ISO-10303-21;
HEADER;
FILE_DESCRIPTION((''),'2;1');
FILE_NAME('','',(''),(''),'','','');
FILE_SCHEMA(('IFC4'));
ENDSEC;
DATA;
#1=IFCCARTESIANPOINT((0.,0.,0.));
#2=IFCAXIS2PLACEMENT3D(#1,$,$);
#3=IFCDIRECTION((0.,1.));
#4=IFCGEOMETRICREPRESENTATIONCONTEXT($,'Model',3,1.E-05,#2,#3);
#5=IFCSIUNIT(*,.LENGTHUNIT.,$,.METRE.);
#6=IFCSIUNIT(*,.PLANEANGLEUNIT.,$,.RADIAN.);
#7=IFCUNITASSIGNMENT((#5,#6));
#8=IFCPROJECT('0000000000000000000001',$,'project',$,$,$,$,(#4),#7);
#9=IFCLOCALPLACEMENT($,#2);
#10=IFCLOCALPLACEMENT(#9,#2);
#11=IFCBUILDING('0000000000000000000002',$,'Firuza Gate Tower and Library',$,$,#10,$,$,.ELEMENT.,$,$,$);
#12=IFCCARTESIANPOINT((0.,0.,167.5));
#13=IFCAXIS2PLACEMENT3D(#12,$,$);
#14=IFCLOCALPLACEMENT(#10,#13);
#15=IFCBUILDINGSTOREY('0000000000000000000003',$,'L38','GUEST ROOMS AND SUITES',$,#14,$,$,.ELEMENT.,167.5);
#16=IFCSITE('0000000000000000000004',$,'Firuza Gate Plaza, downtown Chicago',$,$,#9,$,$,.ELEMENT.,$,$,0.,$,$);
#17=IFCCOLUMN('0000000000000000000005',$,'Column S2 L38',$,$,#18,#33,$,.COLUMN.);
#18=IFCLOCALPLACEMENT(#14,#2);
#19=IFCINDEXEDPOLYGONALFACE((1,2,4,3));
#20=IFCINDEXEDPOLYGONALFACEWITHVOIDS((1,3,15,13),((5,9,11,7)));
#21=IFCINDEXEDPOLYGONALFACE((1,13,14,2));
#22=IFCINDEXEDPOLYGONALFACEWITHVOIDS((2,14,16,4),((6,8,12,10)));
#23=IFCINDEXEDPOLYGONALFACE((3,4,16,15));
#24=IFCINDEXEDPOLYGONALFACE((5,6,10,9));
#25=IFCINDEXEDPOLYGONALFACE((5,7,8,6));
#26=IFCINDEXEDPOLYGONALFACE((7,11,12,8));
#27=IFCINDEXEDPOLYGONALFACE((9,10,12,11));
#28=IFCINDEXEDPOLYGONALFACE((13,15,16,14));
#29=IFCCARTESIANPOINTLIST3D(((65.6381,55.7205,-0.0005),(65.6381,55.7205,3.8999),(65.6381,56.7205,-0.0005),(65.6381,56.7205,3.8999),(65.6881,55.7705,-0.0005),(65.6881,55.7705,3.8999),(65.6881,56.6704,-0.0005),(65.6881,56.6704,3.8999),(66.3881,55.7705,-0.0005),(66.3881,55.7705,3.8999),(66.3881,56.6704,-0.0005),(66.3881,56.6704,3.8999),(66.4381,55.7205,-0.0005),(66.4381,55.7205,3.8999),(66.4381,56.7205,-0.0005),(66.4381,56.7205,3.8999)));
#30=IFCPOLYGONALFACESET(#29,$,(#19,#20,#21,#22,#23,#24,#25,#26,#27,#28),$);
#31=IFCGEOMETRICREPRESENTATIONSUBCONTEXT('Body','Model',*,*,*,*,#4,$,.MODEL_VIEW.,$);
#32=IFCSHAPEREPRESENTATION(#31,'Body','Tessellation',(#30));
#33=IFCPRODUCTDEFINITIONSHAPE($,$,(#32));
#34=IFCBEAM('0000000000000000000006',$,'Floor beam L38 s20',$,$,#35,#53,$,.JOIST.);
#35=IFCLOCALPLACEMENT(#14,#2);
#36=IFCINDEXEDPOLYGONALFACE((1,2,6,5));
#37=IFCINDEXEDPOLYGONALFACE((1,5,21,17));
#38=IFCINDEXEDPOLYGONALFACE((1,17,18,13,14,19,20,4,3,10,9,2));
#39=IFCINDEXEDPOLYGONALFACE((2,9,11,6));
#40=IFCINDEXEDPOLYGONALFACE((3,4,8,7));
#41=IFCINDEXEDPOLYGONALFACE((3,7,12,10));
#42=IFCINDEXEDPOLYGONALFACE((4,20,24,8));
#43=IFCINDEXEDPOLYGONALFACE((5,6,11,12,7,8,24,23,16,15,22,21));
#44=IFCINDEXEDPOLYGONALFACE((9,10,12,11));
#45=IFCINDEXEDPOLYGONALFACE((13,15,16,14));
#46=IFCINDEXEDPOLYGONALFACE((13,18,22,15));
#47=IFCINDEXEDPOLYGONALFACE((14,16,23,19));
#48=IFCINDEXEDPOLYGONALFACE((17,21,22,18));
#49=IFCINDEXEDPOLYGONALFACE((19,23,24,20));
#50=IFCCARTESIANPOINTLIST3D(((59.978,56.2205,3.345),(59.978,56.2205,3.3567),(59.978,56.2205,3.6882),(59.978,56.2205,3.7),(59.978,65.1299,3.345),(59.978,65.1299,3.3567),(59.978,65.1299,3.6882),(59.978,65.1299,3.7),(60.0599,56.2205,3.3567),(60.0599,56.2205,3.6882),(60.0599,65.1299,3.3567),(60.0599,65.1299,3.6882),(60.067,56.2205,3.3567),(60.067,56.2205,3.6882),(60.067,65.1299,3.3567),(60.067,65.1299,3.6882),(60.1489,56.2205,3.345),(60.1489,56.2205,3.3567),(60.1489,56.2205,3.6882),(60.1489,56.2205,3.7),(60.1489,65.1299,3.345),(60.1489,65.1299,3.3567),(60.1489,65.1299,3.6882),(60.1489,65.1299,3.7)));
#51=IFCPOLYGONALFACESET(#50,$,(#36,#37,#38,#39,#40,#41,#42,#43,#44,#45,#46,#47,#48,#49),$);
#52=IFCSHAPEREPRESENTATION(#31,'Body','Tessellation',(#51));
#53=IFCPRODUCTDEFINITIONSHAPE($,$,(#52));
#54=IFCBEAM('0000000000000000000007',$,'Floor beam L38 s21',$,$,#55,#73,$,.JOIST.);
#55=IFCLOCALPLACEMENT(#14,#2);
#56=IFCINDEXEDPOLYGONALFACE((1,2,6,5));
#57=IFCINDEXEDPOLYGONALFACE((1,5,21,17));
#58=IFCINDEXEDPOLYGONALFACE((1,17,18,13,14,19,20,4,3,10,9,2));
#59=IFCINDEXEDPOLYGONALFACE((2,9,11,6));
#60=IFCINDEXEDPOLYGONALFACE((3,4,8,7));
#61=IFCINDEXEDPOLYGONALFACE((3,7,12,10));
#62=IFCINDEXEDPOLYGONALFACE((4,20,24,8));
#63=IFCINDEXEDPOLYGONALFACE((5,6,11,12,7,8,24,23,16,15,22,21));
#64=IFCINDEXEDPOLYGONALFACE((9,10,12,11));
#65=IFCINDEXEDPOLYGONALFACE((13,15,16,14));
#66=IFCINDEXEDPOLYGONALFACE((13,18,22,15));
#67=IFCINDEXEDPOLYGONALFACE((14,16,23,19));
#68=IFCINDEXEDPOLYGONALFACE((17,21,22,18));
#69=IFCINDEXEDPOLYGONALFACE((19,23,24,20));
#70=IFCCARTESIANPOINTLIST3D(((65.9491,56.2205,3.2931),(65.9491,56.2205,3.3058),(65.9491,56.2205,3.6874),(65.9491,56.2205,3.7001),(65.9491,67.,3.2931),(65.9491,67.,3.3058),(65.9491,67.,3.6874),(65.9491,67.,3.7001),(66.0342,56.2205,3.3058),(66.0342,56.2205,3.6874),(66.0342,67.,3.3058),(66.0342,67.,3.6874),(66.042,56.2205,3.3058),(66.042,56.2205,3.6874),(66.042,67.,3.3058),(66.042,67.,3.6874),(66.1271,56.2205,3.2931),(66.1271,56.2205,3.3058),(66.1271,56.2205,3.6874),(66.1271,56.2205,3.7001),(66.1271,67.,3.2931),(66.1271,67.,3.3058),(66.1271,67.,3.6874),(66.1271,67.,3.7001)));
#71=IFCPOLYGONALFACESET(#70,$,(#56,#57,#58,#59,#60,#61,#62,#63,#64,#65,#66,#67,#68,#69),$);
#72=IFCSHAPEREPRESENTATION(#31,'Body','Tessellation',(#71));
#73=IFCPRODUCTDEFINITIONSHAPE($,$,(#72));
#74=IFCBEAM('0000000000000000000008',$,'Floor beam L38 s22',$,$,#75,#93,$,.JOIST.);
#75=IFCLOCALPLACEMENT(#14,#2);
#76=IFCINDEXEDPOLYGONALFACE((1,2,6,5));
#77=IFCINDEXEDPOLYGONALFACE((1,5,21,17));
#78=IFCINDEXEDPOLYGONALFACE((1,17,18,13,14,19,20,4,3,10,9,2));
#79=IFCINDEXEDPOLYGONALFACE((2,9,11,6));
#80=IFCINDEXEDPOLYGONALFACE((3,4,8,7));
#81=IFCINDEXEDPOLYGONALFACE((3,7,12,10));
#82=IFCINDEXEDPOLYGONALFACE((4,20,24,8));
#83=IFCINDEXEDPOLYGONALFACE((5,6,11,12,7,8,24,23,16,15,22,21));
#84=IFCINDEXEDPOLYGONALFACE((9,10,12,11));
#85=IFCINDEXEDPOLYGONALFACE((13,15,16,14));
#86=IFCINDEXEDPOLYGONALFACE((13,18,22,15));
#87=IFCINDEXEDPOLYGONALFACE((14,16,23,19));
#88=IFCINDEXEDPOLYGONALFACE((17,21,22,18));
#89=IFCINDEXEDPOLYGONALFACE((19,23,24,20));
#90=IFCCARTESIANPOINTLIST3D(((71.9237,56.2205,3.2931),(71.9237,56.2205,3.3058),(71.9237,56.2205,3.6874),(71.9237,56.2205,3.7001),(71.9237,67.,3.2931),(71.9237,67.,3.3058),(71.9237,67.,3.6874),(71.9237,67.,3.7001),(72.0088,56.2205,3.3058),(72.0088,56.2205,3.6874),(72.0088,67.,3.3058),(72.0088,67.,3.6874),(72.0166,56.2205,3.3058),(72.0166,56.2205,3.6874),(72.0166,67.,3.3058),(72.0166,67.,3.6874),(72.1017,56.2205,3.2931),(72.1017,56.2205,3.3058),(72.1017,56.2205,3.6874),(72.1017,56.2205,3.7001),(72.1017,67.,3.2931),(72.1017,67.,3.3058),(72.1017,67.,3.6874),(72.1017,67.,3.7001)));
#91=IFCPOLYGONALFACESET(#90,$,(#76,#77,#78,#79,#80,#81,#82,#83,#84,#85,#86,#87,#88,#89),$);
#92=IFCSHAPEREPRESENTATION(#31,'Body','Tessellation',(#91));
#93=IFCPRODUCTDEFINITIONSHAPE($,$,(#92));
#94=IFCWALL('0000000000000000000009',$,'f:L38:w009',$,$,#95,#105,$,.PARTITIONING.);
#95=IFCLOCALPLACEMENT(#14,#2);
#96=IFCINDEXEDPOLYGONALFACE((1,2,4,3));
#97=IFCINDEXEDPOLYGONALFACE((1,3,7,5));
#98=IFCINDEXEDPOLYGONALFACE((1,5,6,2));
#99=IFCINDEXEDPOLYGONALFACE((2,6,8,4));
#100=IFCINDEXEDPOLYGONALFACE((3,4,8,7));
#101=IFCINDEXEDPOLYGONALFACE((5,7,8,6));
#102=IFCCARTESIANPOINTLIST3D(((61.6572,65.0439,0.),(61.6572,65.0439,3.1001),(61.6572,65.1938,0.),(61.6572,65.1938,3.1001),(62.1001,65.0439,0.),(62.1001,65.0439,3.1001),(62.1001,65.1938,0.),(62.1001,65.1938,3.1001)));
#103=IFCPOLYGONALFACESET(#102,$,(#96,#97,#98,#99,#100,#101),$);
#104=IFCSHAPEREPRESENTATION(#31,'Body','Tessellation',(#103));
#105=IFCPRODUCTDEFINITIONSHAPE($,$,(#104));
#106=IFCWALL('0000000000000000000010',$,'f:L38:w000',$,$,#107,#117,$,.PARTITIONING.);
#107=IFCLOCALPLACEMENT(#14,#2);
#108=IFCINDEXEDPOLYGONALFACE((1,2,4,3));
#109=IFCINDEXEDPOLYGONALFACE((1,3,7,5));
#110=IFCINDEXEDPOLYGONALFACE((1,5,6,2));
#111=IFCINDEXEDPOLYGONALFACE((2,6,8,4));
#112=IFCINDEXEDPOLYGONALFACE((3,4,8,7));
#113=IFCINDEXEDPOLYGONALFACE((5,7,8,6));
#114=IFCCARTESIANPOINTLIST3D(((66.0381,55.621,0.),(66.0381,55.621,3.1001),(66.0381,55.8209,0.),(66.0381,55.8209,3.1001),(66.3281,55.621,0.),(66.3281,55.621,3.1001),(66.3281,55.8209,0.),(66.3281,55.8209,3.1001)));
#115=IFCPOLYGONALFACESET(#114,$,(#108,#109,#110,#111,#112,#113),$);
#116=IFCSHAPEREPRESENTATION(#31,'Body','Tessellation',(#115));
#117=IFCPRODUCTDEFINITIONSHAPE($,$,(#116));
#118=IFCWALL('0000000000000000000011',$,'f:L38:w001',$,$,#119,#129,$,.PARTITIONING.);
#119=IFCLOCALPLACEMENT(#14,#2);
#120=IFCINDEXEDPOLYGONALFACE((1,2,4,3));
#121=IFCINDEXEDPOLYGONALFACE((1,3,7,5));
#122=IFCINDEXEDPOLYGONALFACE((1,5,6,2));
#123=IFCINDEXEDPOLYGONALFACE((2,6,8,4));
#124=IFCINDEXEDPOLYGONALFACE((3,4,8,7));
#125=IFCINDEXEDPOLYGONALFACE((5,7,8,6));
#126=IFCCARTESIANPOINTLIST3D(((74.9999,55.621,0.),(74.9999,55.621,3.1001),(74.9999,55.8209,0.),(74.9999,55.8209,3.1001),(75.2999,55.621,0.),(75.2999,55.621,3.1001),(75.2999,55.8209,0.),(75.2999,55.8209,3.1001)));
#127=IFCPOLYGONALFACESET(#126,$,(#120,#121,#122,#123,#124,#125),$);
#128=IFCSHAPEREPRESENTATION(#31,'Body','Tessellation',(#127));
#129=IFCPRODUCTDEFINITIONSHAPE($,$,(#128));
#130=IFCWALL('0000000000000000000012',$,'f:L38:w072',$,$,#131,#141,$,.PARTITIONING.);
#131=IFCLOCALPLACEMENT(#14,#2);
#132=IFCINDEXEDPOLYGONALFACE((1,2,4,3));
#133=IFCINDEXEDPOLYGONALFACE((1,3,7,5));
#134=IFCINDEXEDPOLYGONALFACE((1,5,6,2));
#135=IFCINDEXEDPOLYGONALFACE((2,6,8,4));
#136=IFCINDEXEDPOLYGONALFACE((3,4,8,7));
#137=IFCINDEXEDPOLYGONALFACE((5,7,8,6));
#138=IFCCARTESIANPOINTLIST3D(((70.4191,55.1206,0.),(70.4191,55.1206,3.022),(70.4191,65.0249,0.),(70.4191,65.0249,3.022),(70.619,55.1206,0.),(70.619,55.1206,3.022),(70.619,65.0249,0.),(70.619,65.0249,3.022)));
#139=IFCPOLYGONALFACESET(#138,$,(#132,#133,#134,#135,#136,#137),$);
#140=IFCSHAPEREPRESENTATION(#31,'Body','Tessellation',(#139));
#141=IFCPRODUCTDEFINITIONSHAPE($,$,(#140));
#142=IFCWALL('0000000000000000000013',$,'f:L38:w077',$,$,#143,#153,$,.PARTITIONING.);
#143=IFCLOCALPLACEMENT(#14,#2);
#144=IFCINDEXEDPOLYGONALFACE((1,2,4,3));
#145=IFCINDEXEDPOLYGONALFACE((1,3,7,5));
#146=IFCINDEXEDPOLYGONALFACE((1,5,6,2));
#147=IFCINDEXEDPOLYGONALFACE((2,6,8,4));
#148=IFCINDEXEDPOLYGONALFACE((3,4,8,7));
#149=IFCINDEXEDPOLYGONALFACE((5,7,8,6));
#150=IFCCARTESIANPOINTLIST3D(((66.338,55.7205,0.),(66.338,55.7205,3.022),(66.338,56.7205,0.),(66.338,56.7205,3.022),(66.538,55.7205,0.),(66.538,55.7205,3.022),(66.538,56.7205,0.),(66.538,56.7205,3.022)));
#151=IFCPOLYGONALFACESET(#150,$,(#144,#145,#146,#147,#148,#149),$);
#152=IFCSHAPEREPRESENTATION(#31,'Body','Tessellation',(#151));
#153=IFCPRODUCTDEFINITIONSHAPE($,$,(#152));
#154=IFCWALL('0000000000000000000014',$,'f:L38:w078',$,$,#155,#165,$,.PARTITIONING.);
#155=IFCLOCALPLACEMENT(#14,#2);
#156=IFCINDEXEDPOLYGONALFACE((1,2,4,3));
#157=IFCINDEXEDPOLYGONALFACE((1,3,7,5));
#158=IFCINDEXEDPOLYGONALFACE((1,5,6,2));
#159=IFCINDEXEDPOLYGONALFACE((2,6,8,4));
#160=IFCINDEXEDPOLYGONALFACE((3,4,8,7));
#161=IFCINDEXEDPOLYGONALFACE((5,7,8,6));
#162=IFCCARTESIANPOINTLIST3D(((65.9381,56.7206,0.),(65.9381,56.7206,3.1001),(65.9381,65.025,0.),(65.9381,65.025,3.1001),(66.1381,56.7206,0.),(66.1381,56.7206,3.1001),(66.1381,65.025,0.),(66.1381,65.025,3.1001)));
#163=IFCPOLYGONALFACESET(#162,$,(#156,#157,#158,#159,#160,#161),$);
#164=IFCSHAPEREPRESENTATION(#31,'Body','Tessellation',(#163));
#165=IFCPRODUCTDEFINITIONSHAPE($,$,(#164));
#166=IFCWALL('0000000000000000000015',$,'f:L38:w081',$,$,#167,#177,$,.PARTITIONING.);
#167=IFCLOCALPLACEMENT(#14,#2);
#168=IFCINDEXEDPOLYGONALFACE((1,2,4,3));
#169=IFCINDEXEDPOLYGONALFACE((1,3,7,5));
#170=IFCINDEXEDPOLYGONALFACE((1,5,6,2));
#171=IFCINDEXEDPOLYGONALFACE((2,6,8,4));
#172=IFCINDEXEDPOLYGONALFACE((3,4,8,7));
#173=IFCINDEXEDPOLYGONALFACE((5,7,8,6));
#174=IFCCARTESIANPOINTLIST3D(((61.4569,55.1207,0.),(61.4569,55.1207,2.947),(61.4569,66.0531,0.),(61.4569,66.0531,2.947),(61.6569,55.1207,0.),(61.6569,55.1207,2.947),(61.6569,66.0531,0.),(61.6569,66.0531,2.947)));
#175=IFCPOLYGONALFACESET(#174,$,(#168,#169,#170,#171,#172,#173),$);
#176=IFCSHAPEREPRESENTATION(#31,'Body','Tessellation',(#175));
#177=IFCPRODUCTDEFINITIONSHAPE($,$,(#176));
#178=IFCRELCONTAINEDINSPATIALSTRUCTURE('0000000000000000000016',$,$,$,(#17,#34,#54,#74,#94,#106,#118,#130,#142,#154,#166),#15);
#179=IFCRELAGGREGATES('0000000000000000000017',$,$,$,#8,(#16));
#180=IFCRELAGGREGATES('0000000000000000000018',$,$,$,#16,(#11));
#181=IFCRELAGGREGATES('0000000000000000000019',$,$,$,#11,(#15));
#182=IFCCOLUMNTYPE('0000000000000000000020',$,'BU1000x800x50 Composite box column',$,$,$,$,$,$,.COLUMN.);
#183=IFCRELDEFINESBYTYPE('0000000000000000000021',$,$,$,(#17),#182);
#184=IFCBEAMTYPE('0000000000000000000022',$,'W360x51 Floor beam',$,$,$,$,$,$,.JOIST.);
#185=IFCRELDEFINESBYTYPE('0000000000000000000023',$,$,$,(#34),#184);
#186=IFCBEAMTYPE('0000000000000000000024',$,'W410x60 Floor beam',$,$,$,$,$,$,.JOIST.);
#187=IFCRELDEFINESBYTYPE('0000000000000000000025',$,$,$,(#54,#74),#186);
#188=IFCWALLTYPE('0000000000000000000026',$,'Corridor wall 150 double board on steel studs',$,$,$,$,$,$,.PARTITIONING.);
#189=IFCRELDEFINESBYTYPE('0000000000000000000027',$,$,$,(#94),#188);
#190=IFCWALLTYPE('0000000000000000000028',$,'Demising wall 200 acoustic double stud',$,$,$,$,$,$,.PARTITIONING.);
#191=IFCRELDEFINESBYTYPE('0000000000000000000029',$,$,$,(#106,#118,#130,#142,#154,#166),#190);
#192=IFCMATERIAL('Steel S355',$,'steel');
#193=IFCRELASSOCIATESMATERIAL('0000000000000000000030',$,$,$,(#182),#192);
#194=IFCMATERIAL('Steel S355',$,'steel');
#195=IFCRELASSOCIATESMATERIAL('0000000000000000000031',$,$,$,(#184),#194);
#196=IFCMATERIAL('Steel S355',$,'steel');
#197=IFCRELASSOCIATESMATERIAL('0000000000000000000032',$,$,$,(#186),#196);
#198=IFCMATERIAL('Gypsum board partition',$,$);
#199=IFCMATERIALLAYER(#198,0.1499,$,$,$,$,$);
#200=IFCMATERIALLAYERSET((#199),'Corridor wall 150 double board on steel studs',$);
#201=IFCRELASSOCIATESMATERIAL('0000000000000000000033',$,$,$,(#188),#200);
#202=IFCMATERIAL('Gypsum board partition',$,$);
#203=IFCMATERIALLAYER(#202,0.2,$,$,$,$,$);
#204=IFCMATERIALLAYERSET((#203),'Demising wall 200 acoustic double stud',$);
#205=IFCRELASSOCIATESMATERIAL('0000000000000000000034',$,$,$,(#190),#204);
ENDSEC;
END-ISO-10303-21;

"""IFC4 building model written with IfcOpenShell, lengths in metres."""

from ifc_helpers import new_model, si_unit, direction, frame, frame_2d, origin, origin_2d, place, context, subcontext, project, spatial, rectangle, hollow_rectangle, i_section, extrude, material, layer, layer_set, material_profile, profile_set, type_object, element, save


model = new_model("IFC4")

# Units and contexts
model_context = context("Model", 3, precision=1e-05, world=origin(), true_north=direction((0.0, 1.0)))
body_context = subcontext(model_context, "Body", "Model", "MODEL_VIEW")
ifc_project = project(units=[si_unit("LENGTHUNIT", "METRE"), si_unit("PLANEANGLEUNIT", "RADIAN")], contexts=[model_context])

# Site, building, storey
site_placement = place(None, origin())
site = spatial("IfcSite", under=ifc_project, at=site_placement, Name="Firuza Gate Plaza, downtown Chicago", CompositionType="ELEMENT", RefElevation=0.0)
building_placement = place(site_placement, origin())
building = spatial("IfcBuilding", under=site, at=building_placement, Name="Firuza Gate Tower and Library", CompositionType="ELEMENT")
storey_placement = place(building_placement, frame((0.0, 0.0, 167.5)))
storey = spatial("IfcBuildingStorey", under=building, at=storey_placement, Name="L38", Description="GUEST ROOMS AND SUITES", CompositionType="ELEMENT", Elevation=167.5)

# Column
ifc_material_1 = material(Name="Steel S355", Category="steel")
ifc_material_profile_1 = material_profile(ifc_material_1, hollow_rectangle(XDim=0.8, YDim=1.0, WallThickness=0.05, at=origin_2d()))
ifc_profile_set_1 = profile_set([ifc_material_profile_1], Name="Steel S355")
column_type = type_object("IfcColumnType", Name="BU1000x800x50 Composite box column", PredefinedType="COLUMN", material=ifc_profile_set_1)
column_placement = place(storey_placement, frame((66.0381, 56.2205, -0.0005), z_axis=(0.0, 0.0, 1.0), x_axis=(1.0, 0.0, 0.0)))
element("IfcColumn", 1, at=column_placement, inside=storey, type_object=column_type, Name="Column S2 L38", PredefinedType="COLUMN", context=body_context, shape_type="SweptSolid", body=[
    extrude(hollow_rectangle(XDim=0.8, YDim=1.0, WallThickness=0.05, at=origin_2d()), origin(), (0.0, 0.0, 1.0), 3.9004),
])

# Beams
ifc_material_2 = material(Name="Steel S355", Category="steel")
ifc_material_profile_2 = material_profile(ifc_material_2, i_section(OverallWidth=0.1709, OverallDepth=0.355, WebThickness=0.0071, FlangeThickness=0.0117, at=origin_2d()))
ifc_profile_set_2 = profile_set([ifc_material_profile_2], Name="Steel S355")
beam_type_1 = type_object("IfcBeamType", Name="W360x51 Floor beam", PredefinedType="JOIST", material=ifc_profile_set_2)
beam_placement = place(storey_placement, frame((60.0635, 56.2205, 3.5225), z_axis=(0.0, 1.0, 0.0), x_axis=(-1.0, 0.0, 0.0)))
element("IfcBeam", 2, at=beam_placement, inside=storey, type_object=beam_type_1, Name="Floor beam L38 s20", PredefinedType="JOIST", context=body_context, shape_type="SweptSolid", body=[
    extrude(i_section(OverallWidth=0.1709, OverallDepth=0.355, WebThickness=0.0071, FlangeThickness=0.0117, at=origin_2d()), origin(), (0.0, 0.0, 1.0), 8.9094),
])
ifc_material_3 = material(Name="Steel S355", Category="steel")
ifc_material_profile_3 = material_profile(ifc_material_3, i_section(OverallWidth=0.178, OverallDepth=0.407, WebThickness=0.0078, FlangeThickness=0.0127, at=origin_2d()))
ifc_profile_set_3 = profile_set([ifc_material_profile_3], Name="Steel S355")
beam_type_2 = type_object("IfcBeamType", Name="W410x60 Floor beam", PredefinedType="JOIST", material=ifc_profile_set_3)
for number, where, z_axis, x_axis, name in (
    (3, (66.0381, 56.2205, 3.4966), (0.0, 1.0, 0.0), (-1.0, 0.0, 0.0), "Floor beam L38 s21"),
    (4, (72.0127, 56.2205, 3.4966), (0.0, 1.0, 0.0), (-1.0, 0.0, 0.0), "Floor beam L38 s22"),
):
    element("IfcBeam", number, at=place(storey_placement, frame(where, z_axis=z_axis, x_axis=x_axis)), inside=storey, type_object=beam_type_2, Name=name, PredefinedType="JOIST", context=body_context, shape_type="SweptSolid", body=[
        extrude(i_section(OverallWidth=0.178, OverallDepth=0.407, WebThickness=0.0078, FlangeThickness=0.0127, at=origin_2d()), origin(), (0.0, 0.0, 1.0), 10.7795),
    ])

# Walls
ifc_material_4 = material(Name="Gypsum board partition")
ifc_layer_1 = layer(ifc_material_4, 0.1499)
ifc_layer_set_1 = layer_set([ifc_layer_1], Name="Corridor wall 150 double board on steel studs")
wall_type_1 = type_object("IfcWallType", Name="Corridor wall 150 double board on steel studs", PredefinedType="PARTITIONING", material=ifc_layer_set_1)
wall_1_placement = place(storey_placement, frame((61.6572, 65.1189, 0.0), z_axis=(0.0, 0.0, 1.0), x_axis=(1.0, 0.0, 0.0)))
element("IfcWall", 5, at=wall_1_placement, inside=storey, type_object=wall_type_1, Name="f:L38:w009", PredefinedType="PARTITIONING", context=body_context, shape_type="SweptSolid", body=[
    extrude(rectangle(XDim=0.4429, YDim=0.1499, at=frame_2d((0.2214, 0.0))), origin(), (0.0, 0.0, 1.0), 3.1001),
])
ifc_material_5 = material(Name="Gypsum board partition")
ifc_layer_2 = layer(ifc_material_5, 0.2)
ifc_layer_set_2 = layer_set([ifc_layer_2], Name="Demising wall 200 acoustic double stud")
wall_type_2 = type_object("IfcWallType", Name="Demising wall 200 acoustic double stud", PredefinedType="PARTITIONING", material=ifc_layer_set_2)
wall_2_placement = place(storey_placement, frame((66.0381, 55.7209, 0.0), z_axis=(0.0, 0.0, 1.0), x_axis=(1.0, 0.0, 0.0)))
element("IfcWall", 6, at=wall_2_placement, inside=storey, type_object=wall_type_2, Name="f:L38:w000", PredefinedType="PARTITIONING", context=body_context, shape_type="SweptSolid", body=[
    extrude(rectangle(XDim=0.29, YDim=0.2, at=frame_2d((0.145, 0.0))), origin(), (0.0, 0.0, 1.0), 3.1001),
])
wall_3_placement = place(storey_placement, frame((75.0, 55.7209, 0.0), z_axis=(0.0, 0.0, 1.0), x_axis=(1.0, 0.0, 0.0)))
element("IfcWall", 7, at=wall_3_placement, inside=storey, type_object=wall_type_2, Name="f:L38:w001", PredefinedType="PARTITIONING", context=body_context, shape_type="SweptSolid", body=[
    extrude(rectangle(XDim=0.3, YDim=0.2, at=frame_2d((0.1499, 0.0))), origin(), (0.0, 0.0, 1.0), 3.1001),
])
wall_4_placement = place(storey_placement, frame((70.519, 55.1206, 0.0), z_axis=(0.0, 0.0, 1.0), x_axis=(0.0, 1.0, 0.0)))
element("IfcWall", 8, at=wall_4_placement, inside=storey, type_object=wall_type_2, Name="f:L38:w072", PredefinedType="PARTITIONING", context=body_context, shape_type="SweptSolid", body=[
    extrude(rectangle(XDim=9.9043, YDim=0.2, at=frame_2d((4.9521, 0.0))), origin(), (0.0, 0.0, 1.0), 3.022),
])
wall_5_placement = place(storey_placement, frame((66.438, 55.7205, 0.0), z_axis=(0.0, 0.0, 1.0), x_axis=(0.0, 1.0, 0.0)))
element("IfcWall", 9, at=wall_5_placement, inside=storey, type_object=wall_type_2, Name="f:L38:w077", PredefinedType="PARTITIONING", context=body_context, shape_type="SweptSolid", body=[
    extrude(rectangle(XDim=1.0, YDim=0.2, at=frame_2d((0.5, 0.0))), origin(), (0.0, 0.0, 1.0), 3.022),
])
wall_6_placement = place(storey_placement, frame((66.0381, 56.7205, 0.0), z_axis=(0.0, 0.0, 1.0), x_axis=(0.0, 1.0, 0.0)))
element("IfcWall", 10, at=wall_6_placement, inside=storey, type_object=wall_type_2, Name="f:L38:w078", PredefinedType="PARTITIONING", context=body_context, shape_type="SweptSolid", body=[
    extrude(rectangle(XDim=8.3044, YDim=0.2, at=frame_2d((4.1523, 0.0))), origin(), (0.0, 0.0, 1.0), 3.1001),
])
wall_7_placement = place(storey_placement, frame((61.5569, 55.1206, 0.0), z_axis=(0.0, 0.0, 1.0), x_axis=(0.0, 1.0, 0.0)))
element("IfcWall", 11, at=wall_7_placement, inside=storey, type_object=wall_type_2, Name="f:L38:w081", PredefinedType="PARTITIONING", context=body_context, shape_type="SweptSolid", body=[
    extrude(rectangle(XDim=10.9324, YDim=0.2, at=frame_2d((5.4663, 0.0))), origin(), (0.0, 0.0, 1.0), 2.947),
])

save(model, "model.ifc")
